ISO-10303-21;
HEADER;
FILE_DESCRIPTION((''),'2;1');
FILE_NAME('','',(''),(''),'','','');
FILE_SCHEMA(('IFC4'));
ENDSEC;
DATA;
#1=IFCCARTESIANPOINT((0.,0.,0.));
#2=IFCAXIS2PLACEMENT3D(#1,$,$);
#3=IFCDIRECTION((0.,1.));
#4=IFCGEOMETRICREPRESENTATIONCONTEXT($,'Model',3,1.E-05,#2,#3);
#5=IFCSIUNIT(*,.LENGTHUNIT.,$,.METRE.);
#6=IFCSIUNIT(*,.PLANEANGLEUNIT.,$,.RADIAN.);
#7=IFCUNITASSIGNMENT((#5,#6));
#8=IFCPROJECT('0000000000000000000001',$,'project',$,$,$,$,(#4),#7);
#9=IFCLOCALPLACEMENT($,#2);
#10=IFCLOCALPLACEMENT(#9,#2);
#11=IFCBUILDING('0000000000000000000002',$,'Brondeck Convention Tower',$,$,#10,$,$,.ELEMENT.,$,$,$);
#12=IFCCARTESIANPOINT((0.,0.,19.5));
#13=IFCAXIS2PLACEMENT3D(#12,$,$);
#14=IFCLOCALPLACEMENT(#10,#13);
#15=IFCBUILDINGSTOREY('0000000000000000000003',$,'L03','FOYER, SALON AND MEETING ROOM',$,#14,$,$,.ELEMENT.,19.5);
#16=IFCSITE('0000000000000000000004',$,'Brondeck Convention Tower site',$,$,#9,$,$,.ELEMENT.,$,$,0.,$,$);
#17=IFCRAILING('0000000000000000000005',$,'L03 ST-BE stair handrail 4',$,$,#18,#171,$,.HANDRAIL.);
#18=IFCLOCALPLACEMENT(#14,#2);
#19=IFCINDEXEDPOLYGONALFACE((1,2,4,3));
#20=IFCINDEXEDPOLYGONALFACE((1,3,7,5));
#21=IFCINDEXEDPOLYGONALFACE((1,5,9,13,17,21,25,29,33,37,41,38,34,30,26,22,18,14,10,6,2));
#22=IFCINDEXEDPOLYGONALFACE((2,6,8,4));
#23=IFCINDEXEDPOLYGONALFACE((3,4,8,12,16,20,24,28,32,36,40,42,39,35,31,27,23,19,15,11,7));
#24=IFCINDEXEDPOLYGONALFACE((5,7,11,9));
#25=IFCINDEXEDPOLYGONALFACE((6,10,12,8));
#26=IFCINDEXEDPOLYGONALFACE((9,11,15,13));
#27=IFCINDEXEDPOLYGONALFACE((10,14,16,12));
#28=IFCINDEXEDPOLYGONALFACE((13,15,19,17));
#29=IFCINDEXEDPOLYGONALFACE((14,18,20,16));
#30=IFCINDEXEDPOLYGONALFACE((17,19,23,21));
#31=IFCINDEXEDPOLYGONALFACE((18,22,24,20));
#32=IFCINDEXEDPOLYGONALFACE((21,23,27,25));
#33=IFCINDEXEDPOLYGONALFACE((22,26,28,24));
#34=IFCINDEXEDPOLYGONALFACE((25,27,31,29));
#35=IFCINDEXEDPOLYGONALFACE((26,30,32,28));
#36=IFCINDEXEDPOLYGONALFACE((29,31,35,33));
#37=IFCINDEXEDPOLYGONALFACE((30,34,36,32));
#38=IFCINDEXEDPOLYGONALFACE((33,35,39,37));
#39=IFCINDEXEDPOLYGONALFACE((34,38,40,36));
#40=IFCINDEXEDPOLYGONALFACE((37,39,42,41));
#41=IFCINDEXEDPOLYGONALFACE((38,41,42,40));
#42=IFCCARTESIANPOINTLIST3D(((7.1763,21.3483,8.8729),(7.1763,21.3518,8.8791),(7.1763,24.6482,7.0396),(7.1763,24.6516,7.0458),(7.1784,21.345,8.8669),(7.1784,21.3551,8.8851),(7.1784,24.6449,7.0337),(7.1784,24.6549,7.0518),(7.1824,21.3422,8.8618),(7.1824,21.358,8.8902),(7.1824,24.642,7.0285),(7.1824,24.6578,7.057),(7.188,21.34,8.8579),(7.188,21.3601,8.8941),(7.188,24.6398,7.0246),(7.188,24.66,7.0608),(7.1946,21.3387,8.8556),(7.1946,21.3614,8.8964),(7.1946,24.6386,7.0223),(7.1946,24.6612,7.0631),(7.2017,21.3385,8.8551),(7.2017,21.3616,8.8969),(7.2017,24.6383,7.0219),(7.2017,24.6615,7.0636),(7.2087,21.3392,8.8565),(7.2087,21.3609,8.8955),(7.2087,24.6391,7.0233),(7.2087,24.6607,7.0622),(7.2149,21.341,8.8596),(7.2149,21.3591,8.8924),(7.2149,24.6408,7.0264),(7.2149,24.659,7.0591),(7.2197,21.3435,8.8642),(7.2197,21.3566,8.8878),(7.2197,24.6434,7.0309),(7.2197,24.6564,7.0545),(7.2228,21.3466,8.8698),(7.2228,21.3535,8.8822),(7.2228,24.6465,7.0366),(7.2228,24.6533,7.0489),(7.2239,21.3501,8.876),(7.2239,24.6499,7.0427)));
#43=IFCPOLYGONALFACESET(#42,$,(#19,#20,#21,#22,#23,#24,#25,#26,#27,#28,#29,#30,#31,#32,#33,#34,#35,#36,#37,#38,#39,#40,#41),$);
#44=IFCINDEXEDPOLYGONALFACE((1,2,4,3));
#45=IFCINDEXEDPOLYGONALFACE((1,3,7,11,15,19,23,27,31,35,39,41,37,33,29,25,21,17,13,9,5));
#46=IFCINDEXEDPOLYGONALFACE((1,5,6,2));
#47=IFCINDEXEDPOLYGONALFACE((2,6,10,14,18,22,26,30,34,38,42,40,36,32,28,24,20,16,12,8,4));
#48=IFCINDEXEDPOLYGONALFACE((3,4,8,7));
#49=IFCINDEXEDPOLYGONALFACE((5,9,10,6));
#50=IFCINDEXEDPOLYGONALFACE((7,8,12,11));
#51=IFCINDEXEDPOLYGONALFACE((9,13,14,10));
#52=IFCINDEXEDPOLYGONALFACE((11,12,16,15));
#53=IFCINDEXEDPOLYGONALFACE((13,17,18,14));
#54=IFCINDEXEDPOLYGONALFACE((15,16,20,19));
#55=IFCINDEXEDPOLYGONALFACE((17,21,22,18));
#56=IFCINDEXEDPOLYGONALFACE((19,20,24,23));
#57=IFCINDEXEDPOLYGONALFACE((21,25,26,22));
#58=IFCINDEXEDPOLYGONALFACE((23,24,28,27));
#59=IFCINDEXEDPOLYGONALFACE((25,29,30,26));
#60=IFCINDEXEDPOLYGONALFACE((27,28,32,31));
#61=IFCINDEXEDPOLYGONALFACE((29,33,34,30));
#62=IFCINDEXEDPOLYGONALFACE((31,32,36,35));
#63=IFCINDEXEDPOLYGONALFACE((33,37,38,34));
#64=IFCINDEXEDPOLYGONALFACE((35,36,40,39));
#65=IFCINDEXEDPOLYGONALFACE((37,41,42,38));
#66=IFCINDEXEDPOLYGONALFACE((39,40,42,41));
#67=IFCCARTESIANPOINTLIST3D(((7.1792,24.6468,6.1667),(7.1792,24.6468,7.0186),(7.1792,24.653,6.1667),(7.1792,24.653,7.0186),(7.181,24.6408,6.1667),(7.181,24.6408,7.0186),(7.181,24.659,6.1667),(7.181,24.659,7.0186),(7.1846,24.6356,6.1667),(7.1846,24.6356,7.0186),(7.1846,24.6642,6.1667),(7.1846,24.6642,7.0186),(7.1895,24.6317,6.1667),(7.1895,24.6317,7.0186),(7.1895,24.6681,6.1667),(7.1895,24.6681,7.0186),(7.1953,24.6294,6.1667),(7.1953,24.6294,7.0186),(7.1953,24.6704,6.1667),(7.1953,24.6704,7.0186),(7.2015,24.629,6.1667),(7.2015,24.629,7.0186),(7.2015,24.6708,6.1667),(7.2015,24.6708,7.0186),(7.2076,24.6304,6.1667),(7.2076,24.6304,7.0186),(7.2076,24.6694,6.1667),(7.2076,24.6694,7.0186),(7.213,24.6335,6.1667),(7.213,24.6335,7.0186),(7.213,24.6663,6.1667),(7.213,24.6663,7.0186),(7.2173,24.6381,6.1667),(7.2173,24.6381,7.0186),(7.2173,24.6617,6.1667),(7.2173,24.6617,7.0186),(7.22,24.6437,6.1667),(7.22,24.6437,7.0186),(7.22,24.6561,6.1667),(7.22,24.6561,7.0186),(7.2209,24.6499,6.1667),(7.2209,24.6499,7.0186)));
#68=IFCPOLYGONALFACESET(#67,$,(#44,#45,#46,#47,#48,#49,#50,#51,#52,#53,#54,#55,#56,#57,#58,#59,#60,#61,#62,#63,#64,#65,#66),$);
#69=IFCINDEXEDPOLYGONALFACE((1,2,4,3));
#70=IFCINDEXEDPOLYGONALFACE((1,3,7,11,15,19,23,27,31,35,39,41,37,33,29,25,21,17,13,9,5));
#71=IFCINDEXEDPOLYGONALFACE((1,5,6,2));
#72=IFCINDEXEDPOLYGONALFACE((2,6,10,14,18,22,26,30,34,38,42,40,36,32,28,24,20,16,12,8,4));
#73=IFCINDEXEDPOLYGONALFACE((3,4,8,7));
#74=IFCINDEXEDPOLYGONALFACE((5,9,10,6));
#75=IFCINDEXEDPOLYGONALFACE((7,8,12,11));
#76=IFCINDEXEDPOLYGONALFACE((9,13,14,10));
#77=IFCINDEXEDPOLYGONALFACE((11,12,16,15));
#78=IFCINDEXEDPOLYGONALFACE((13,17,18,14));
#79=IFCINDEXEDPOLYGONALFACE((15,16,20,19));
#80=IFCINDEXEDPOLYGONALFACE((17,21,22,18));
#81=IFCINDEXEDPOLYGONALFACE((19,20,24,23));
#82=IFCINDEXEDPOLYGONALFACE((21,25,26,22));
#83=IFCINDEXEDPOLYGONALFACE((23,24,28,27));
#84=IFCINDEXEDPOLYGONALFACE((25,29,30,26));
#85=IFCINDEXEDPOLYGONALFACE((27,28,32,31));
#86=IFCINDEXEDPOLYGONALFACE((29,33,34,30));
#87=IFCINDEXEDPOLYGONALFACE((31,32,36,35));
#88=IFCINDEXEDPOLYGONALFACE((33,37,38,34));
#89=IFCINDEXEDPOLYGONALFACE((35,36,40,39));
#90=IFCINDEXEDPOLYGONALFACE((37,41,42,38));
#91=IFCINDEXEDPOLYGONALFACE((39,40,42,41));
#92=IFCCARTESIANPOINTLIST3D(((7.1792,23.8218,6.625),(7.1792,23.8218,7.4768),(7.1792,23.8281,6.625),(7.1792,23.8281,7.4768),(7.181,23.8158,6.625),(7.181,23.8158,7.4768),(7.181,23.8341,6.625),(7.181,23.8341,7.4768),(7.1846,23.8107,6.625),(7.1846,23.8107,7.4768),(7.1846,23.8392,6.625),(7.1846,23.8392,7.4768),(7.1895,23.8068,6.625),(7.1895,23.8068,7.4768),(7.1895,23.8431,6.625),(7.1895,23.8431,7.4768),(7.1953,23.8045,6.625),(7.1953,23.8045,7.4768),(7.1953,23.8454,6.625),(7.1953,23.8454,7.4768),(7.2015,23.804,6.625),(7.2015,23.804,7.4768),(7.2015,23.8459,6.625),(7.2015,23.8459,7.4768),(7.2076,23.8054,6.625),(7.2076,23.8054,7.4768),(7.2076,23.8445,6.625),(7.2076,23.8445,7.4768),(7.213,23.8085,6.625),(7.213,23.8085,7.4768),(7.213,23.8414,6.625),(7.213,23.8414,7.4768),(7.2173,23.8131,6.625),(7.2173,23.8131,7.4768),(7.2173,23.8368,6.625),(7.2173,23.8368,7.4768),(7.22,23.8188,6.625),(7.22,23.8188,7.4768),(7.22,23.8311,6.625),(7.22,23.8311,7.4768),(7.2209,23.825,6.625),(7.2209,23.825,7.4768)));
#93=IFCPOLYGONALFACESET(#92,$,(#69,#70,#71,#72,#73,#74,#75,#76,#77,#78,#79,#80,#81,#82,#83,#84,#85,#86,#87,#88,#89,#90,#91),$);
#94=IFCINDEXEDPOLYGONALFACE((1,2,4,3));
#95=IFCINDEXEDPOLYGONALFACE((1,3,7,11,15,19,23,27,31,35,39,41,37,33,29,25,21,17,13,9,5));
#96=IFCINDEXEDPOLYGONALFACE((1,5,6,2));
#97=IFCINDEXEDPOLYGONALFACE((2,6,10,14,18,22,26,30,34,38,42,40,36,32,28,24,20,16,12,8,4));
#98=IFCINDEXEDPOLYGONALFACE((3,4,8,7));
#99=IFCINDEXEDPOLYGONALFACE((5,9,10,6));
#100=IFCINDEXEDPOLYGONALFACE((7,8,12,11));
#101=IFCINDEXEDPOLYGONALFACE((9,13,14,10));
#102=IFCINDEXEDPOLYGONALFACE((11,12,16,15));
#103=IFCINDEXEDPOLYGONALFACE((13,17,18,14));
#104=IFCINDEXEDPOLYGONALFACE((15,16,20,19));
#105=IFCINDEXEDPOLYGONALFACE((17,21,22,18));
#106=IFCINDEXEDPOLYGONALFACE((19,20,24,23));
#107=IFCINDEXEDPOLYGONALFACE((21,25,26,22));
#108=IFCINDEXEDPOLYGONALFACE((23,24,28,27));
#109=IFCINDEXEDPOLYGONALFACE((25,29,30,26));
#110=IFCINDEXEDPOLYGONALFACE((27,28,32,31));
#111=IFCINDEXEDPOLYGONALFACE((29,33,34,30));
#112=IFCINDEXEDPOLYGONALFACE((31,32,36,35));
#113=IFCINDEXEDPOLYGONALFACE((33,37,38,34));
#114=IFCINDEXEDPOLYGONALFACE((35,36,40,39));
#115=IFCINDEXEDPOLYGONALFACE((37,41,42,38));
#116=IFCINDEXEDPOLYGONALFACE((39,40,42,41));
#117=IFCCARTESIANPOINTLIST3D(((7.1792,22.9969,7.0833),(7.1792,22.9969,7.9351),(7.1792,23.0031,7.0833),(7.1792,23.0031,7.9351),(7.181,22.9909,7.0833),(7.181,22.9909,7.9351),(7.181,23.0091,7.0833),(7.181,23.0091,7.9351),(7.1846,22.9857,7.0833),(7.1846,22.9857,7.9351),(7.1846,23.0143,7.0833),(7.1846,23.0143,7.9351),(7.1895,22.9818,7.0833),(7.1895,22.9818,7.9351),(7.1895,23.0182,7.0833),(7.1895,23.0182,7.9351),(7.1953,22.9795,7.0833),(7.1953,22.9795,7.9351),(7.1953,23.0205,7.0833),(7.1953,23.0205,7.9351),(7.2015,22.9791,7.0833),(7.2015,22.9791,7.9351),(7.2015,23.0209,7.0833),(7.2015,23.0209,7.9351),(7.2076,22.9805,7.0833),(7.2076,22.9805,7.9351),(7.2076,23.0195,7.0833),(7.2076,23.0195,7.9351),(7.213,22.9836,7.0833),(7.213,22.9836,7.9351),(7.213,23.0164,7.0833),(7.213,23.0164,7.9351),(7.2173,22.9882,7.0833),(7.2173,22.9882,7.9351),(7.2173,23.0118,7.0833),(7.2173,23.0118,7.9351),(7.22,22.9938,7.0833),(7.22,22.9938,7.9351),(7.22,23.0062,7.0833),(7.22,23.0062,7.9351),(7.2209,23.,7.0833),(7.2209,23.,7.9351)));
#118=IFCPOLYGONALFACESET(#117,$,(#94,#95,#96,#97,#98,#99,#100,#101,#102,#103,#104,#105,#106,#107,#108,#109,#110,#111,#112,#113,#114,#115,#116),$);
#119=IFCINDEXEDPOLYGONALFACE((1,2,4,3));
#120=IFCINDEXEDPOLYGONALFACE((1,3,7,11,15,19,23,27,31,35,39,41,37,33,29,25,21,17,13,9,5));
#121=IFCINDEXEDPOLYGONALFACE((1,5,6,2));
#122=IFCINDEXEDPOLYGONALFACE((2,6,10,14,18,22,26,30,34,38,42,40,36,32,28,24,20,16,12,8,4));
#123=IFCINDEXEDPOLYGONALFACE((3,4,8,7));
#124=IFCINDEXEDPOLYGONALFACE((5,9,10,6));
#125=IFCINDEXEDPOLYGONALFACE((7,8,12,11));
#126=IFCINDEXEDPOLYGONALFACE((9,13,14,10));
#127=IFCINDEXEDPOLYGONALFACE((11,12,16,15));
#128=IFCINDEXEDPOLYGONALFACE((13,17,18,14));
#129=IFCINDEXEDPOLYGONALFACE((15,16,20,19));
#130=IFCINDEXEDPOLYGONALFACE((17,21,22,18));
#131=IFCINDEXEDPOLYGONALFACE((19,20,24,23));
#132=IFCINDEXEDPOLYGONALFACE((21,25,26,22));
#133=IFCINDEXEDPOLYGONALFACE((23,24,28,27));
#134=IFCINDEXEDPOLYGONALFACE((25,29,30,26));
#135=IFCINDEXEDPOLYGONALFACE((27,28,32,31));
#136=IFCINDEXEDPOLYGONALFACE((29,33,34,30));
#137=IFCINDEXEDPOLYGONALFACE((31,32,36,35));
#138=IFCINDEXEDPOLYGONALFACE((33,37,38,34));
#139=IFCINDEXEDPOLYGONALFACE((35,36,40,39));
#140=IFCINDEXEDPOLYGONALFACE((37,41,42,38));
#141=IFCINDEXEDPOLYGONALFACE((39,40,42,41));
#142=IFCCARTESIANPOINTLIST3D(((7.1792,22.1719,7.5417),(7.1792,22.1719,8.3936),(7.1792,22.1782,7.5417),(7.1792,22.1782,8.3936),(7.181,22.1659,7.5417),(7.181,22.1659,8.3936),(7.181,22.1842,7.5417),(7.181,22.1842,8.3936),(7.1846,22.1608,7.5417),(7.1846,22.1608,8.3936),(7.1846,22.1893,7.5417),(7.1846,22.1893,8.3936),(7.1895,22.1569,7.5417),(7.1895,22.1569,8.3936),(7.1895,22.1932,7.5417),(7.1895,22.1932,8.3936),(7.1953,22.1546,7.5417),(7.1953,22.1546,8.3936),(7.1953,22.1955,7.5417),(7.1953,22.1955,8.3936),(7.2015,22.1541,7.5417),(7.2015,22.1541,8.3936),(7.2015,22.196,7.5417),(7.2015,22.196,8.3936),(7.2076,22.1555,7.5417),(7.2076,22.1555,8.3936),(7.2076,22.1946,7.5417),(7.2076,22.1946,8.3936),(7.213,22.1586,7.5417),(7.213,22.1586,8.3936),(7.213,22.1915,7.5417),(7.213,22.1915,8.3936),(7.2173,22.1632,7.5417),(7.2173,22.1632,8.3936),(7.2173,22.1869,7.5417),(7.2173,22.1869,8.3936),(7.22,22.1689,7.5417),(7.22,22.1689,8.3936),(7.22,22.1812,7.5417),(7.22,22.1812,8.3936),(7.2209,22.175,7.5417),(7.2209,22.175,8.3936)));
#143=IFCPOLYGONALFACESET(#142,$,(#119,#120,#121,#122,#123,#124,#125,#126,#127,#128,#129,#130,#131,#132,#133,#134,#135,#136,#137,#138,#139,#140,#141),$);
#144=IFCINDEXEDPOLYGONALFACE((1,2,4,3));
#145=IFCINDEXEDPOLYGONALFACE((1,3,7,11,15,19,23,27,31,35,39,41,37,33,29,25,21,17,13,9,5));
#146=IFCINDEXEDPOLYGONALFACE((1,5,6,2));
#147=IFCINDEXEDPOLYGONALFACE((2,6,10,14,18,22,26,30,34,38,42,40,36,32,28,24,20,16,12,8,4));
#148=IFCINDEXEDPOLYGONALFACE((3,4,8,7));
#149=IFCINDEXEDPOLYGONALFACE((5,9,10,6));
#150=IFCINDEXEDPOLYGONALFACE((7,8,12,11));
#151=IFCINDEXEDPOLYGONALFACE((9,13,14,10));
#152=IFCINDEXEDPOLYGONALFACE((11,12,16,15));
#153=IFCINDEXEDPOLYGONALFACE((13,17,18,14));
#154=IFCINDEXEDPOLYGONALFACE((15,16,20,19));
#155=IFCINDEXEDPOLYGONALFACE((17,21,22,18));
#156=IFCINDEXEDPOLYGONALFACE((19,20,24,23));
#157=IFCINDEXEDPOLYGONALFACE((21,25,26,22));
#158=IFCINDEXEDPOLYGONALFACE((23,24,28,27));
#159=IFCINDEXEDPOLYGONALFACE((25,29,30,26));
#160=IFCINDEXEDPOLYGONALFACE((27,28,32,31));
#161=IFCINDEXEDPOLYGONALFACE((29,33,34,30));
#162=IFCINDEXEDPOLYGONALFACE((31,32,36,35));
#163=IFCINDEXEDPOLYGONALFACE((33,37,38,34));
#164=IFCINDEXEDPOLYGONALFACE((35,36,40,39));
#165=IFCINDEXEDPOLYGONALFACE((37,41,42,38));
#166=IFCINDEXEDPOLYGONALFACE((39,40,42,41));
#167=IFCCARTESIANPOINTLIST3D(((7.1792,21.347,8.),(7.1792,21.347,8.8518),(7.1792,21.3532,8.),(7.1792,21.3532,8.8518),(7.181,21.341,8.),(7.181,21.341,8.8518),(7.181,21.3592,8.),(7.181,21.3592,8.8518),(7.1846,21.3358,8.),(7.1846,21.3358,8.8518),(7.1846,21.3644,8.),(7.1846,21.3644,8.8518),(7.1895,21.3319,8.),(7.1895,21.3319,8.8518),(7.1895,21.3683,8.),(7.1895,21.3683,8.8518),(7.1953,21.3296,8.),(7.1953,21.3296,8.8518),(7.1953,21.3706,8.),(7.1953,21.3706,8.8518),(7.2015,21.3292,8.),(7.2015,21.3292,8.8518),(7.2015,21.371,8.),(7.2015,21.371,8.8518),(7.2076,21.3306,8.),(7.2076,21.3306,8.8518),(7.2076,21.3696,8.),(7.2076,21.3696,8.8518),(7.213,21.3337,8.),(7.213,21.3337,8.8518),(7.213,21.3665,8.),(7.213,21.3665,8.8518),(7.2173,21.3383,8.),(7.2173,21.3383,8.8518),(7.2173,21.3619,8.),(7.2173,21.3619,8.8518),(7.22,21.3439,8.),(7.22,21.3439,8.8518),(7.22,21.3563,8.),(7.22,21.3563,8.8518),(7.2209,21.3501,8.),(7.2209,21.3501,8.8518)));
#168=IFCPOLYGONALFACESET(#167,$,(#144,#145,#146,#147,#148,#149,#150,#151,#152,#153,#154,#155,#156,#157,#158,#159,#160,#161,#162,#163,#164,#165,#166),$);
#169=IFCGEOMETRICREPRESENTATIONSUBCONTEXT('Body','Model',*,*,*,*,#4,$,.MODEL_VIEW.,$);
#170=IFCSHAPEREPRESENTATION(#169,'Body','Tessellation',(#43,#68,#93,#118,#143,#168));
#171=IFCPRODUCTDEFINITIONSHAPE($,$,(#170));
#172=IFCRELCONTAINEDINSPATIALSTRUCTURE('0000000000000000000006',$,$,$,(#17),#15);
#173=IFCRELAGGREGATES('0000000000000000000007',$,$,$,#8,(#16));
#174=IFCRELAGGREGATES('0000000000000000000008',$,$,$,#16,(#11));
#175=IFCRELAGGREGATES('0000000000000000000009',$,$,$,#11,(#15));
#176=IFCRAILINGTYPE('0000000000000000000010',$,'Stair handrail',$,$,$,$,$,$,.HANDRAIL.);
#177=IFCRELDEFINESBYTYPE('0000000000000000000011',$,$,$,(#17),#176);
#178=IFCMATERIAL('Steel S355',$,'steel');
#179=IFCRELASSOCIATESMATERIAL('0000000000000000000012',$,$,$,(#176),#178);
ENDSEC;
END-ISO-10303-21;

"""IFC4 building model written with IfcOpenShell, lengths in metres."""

from ifc_helpers import new_model, si_unit, direction, frame, origin, origin_2d, place, context, subcontext, project, spatial, circle, extrude, material, type_object, element, save


model = new_model("IFC4")

# Units and contexts
model_context = context("Model", 3, precision=1e-05, world=origin(), true_north=direction((0.0, 1.0)))
body_context = subcontext(model_context, "Body", "Model", "MODEL_VIEW")
ifc_project = project(units=[si_unit("LENGTHUNIT", "METRE"), si_unit("PLANEANGLEUNIT", "RADIAN")], contexts=[model_context])

# Site, building, storey
site_placement = place(None, origin())
site = spatial("IfcSite", under=ifc_project, at=site_placement, Name="Brondeck Convention Tower site", CompositionType="ELEMENT", RefElevation=0.0)
building_placement = place(site_placement, origin())
building = spatial("IfcBuilding", under=site, at=building_placement, Name="Brondeck Convention Tower", CompositionType="ELEMENT")
storey_placement = place(building_placement, frame((0.0, 0.0, 19.5)))
storey = spatial("IfcBuildingStorey", under=building, at=storey_placement, Name="L03", Description="FOYER, SALON AND MEETING ROOM", CompositionType="ELEMENT", Elevation=19.5)

# Shared definitions
ifc_material_1 = material(Name="Steel S355", Category="steel")

# Railing
railing_type_1 = type_object("IfcRailingType", Name="Stair handrail", PredefinedType="HANDRAIL", material=ifc_material_1)
railing_1_placement = place(storey_placement, frame((7.2, 24.6499, 6.1667)))
element("IfcRailing", 1, at=railing_1_placement, inside=storey, type_object=railing_type_1, Name="L03 ST-BE stair handrail 4", PredefinedType="HANDRAIL", context=body_context, shape_type="SweptSolid", body=[
    extrude(circle(Radius=0.0239, at=origin_2d()), frame((0.0, 0.0, 0.876), z_axis=(0.0, -0.874154, 0.485648), x_axis=(1.0, 0.0, 0.0)), (0.0, 0.0, 1.0), 3.7749),
    extrude(circle(Radius=0.021, at=origin_2d()), origin(), (0.0, 0.0, 1.0), 0.8518),
    extrude(circle(Radius=0.021, at=origin_2d()), frame((0.0, -0.825, 0.4583)), (0.0, 0.0, 1.0), 0.8518),
    extrude(circle(Radius=0.021, at=origin_2d()), frame((0.0, -1.6499, 0.9165)), (0.0, 0.0, 1.0), 0.8518),
    extrude(circle(Radius=0.021, at=origin_2d()), frame((0.0, -2.4749, 1.375)), (0.0, 0.0, 1.0), 0.8518),
    extrude(circle(Radius=0.021, at=origin_2d()), frame((0.0, -3.2998, 1.8333)), (0.0, 0.0, 1.0), 0.8518),
])

save(model, "model.ifc")
